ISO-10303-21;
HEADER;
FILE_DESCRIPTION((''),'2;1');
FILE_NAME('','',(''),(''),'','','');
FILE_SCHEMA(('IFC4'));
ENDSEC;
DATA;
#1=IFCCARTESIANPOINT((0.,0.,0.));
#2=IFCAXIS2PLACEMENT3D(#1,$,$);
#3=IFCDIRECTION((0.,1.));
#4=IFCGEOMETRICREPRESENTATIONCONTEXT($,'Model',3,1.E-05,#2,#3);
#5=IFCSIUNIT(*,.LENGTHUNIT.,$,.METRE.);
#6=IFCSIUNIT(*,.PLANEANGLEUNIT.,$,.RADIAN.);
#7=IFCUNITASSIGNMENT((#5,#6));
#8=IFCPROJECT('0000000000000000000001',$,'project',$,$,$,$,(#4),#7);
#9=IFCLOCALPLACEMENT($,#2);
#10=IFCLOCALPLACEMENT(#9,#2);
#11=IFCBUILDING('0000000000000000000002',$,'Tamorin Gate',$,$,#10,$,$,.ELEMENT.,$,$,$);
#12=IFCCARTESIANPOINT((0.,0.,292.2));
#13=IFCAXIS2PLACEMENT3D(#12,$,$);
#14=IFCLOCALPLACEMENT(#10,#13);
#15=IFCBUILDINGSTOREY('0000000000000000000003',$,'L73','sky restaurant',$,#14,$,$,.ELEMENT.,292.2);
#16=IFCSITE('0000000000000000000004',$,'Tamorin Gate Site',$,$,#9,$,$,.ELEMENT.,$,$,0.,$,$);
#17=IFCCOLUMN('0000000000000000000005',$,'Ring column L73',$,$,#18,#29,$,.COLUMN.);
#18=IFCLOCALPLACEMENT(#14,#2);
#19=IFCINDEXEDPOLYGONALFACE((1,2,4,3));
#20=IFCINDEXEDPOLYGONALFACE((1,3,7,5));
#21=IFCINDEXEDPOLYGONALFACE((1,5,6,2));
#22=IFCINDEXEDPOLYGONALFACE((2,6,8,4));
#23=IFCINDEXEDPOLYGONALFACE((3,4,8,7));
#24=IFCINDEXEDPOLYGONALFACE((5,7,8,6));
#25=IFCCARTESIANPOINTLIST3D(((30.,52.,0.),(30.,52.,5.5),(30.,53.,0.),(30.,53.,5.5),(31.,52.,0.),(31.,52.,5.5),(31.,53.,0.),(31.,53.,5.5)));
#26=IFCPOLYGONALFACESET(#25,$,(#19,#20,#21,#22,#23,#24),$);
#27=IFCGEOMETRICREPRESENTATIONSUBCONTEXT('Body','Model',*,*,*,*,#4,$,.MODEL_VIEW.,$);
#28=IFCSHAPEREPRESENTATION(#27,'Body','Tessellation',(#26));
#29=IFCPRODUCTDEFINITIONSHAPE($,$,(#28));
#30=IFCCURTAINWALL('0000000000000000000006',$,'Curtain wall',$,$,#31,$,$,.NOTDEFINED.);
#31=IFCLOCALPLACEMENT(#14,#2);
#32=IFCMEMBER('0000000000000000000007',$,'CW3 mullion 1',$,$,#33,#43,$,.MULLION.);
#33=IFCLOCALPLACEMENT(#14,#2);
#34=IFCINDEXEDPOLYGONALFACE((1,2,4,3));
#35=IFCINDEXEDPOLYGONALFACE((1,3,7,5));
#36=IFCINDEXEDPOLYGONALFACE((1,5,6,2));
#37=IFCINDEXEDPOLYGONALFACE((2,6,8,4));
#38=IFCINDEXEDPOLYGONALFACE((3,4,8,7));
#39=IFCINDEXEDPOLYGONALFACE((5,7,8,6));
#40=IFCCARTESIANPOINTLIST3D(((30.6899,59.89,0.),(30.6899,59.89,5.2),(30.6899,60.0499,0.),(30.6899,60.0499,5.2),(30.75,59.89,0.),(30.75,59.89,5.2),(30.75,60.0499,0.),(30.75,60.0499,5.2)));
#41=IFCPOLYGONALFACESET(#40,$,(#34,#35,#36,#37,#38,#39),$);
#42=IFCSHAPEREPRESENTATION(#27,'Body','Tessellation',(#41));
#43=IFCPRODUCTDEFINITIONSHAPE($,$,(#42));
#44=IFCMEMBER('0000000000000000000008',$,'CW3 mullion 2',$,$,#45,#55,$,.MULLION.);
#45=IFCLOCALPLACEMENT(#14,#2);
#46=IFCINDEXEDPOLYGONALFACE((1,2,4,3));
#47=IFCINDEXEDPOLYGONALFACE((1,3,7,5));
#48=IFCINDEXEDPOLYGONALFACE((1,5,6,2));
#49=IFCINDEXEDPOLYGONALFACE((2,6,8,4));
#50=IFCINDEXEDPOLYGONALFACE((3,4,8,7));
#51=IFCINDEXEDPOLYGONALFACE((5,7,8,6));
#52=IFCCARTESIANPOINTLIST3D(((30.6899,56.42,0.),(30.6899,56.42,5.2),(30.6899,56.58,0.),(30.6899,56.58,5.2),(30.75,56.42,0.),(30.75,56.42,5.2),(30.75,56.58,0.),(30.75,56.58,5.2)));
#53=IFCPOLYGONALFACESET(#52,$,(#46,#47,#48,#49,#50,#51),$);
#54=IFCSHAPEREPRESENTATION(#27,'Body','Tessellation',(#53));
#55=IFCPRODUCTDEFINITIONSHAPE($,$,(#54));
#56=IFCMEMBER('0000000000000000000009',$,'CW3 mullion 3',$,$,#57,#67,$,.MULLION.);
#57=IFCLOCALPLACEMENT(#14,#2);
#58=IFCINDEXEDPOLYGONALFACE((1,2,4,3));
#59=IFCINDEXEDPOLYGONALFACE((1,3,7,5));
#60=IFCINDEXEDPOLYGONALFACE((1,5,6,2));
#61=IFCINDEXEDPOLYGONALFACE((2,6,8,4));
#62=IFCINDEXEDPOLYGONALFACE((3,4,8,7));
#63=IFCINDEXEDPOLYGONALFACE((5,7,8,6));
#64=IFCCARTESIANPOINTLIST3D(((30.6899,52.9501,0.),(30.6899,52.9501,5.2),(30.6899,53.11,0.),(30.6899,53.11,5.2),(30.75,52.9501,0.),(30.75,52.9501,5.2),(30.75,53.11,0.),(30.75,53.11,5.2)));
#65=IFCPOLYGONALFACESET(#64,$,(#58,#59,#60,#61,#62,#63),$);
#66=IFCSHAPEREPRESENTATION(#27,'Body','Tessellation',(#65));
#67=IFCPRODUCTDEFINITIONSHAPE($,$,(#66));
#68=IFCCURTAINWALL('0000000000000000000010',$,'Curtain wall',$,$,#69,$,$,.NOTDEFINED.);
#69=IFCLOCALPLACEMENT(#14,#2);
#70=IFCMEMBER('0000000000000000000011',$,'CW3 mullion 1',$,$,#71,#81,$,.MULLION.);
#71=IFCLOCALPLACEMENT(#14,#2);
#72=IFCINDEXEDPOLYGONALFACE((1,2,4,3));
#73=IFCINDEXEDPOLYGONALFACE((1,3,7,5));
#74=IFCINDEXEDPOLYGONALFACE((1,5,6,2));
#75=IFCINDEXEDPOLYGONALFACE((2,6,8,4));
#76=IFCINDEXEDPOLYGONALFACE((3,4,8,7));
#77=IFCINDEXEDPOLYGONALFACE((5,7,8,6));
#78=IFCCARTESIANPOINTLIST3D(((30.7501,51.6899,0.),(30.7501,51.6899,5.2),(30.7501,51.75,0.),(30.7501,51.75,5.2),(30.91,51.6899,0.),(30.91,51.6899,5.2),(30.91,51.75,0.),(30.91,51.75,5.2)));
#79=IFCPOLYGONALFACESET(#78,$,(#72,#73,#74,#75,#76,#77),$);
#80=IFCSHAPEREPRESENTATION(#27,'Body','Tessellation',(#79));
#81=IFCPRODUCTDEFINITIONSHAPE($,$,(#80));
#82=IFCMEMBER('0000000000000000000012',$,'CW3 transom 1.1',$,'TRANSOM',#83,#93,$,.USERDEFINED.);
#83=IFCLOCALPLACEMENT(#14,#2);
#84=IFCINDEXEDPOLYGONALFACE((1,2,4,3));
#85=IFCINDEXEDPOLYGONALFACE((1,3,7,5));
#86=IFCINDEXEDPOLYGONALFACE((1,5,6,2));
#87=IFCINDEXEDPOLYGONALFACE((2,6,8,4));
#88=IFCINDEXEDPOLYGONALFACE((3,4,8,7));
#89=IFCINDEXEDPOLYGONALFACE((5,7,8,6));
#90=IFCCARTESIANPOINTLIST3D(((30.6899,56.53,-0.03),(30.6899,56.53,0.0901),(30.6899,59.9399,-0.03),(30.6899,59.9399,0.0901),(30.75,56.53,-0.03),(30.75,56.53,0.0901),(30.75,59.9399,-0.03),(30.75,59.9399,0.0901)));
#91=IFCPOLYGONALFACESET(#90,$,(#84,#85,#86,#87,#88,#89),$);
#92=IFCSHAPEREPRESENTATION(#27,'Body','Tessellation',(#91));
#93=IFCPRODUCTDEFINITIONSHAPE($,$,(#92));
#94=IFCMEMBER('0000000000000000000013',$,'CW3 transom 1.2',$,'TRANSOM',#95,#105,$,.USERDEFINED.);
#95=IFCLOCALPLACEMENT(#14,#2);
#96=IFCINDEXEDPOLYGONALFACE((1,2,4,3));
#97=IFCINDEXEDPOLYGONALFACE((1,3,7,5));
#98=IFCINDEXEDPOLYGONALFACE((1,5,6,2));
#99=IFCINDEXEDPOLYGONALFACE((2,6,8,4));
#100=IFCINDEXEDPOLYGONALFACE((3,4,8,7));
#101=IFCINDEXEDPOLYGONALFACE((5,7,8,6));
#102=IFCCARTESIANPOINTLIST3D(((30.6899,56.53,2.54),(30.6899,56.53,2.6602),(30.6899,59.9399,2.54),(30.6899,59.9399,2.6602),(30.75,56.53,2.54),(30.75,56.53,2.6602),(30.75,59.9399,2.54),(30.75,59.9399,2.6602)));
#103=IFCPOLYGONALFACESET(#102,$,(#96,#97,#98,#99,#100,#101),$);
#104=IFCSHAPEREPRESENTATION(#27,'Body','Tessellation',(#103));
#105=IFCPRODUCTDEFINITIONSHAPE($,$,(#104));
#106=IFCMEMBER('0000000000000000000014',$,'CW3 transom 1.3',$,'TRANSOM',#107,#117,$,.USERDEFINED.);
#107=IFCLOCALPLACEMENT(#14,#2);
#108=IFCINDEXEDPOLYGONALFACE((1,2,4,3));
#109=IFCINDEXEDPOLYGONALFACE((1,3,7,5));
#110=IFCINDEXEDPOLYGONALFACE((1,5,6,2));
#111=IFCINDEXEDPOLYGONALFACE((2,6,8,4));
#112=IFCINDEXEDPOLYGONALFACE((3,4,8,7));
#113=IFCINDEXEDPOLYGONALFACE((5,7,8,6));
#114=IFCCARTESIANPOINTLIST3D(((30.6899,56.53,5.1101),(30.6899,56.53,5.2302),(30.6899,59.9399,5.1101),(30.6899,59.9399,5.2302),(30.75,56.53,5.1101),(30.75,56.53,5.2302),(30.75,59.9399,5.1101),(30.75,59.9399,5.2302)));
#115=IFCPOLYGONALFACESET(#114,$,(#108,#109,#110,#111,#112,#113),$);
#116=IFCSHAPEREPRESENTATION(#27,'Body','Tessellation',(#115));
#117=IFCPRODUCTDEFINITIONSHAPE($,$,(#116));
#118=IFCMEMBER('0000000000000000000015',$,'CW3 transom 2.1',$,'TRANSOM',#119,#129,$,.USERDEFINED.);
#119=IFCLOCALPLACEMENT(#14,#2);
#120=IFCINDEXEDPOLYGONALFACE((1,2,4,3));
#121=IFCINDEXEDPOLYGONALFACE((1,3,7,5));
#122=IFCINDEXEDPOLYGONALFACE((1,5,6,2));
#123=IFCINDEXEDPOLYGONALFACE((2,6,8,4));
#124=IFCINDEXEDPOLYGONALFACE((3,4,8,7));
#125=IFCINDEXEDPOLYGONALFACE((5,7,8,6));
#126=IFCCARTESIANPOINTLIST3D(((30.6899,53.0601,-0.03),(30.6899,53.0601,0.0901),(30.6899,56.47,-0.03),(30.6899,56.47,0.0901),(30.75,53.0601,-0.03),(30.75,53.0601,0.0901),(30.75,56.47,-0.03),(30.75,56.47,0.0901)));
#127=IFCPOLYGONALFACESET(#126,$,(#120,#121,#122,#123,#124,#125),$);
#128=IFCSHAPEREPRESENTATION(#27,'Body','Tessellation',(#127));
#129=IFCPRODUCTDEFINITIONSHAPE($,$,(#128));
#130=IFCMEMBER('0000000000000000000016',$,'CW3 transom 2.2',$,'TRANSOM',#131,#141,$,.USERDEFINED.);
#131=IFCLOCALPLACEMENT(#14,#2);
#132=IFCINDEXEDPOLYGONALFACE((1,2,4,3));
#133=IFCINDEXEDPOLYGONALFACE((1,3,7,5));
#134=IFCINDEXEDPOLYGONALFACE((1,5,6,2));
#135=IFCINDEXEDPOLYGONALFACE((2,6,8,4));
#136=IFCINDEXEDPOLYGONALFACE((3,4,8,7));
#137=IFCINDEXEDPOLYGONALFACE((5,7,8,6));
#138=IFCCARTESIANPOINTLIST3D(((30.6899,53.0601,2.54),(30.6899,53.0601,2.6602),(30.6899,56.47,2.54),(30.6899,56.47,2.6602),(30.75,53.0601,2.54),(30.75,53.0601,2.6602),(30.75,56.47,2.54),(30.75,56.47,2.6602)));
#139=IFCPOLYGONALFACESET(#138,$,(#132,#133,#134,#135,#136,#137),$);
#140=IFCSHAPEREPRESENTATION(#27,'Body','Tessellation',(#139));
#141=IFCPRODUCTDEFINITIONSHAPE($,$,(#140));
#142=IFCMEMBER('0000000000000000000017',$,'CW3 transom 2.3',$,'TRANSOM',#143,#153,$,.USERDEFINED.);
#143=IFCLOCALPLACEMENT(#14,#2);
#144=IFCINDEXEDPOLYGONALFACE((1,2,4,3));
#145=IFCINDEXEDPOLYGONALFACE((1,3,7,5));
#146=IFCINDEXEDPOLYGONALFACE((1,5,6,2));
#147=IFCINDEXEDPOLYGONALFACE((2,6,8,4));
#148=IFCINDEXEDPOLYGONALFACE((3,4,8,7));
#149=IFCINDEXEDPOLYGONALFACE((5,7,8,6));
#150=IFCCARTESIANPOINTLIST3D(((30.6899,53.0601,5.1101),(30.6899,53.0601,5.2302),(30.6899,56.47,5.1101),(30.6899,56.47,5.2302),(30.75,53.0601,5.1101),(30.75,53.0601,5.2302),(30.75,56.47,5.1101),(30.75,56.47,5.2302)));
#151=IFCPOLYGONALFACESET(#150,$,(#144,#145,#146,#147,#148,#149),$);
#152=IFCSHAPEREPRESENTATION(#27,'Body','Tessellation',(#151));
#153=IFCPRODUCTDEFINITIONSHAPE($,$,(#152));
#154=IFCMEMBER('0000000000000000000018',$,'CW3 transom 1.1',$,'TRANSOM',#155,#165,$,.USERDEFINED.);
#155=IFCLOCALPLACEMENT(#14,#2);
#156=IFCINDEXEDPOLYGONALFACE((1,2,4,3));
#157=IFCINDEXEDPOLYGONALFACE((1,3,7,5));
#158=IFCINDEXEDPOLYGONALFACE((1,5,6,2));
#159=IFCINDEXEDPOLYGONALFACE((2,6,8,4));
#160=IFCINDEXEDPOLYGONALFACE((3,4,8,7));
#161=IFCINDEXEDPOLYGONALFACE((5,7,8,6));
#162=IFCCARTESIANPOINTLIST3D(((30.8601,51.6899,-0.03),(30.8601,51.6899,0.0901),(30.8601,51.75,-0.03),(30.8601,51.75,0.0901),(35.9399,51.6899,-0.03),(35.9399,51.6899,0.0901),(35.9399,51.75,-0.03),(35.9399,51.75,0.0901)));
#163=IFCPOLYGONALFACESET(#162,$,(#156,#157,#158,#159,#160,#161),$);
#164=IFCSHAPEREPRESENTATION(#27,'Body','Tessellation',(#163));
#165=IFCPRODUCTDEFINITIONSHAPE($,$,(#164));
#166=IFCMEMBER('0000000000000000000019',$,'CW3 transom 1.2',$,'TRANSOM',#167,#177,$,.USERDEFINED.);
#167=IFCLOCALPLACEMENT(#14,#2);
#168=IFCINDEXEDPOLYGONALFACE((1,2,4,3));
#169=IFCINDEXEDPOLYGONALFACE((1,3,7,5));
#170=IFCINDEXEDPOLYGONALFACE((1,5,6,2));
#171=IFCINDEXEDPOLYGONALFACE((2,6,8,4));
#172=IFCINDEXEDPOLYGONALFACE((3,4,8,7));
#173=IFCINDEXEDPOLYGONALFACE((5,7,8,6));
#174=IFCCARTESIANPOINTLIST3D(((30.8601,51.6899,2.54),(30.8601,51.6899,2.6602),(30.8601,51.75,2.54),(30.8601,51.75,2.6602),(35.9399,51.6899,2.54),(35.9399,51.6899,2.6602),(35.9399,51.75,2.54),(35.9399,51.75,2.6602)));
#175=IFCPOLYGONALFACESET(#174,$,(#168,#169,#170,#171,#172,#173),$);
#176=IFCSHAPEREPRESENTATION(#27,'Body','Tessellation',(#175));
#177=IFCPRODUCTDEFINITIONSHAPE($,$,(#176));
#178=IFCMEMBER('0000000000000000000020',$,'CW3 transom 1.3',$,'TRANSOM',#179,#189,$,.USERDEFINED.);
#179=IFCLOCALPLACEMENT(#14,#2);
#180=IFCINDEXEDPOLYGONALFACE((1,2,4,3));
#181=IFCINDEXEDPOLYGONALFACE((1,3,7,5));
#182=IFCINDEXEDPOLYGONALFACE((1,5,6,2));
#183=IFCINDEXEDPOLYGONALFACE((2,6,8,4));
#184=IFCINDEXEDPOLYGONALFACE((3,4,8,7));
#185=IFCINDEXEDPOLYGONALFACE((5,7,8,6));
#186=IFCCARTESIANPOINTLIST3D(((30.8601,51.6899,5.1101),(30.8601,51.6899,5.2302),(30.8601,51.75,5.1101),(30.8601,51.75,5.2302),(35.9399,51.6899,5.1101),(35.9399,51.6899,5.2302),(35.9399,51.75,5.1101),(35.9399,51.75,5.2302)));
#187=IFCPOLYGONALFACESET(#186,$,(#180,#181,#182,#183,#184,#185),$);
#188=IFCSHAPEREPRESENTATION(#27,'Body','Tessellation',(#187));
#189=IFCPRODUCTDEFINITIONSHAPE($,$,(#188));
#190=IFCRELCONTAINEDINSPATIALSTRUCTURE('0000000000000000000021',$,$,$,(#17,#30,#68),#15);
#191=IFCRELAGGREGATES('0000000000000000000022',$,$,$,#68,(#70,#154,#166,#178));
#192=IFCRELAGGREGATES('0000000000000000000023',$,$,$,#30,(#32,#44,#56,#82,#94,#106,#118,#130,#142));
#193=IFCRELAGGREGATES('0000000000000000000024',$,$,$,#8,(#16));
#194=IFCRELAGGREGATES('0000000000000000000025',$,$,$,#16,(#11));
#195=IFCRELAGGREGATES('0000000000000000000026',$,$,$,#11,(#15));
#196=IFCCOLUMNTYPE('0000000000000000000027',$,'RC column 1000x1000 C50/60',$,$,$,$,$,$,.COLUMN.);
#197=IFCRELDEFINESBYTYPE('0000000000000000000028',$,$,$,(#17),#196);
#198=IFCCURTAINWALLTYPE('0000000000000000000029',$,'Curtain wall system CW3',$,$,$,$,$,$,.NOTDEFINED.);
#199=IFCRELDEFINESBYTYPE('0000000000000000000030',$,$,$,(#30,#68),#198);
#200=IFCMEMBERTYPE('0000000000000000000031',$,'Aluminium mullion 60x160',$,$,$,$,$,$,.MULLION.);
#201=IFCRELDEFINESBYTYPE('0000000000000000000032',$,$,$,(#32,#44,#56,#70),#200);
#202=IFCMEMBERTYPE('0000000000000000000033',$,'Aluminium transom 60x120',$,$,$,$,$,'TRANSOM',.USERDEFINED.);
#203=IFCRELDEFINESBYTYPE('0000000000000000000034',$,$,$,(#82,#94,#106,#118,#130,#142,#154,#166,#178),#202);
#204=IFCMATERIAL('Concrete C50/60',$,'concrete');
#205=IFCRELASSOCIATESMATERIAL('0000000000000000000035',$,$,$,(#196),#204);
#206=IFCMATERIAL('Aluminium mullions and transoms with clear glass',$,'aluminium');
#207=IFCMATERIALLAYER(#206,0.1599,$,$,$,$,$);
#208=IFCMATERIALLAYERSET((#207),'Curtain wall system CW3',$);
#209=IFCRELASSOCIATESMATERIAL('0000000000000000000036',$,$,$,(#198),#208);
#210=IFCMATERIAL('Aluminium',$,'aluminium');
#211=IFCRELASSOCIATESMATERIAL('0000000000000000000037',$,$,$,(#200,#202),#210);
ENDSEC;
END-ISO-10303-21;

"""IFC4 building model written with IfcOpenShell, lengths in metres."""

from ifc_helpers import new_model, si_unit, direction, frame, origin, origin_2d, place, context, subcontext, project, spatial, rectangle, extrude, material, layer, layer_set, material_profile, profile_set, type_object, element, aggregate, save


model = new_model("IFC4")

# Units and contexts
model_context = context("Model", 3, precision=1e-05, world=origin(), true_north=direction((0.0, 1.0)))
body_context = subcontext(model_context, "Body", "Model", "MODEL_VIEW")
ifc_project = project(units=[si_unit("LENGTHUNIT", "METRE"), si_unit("PLANEANGLEUNIT", "RADIAN")], contexts=[model_context])

# Site, building, storey
site_placement = place(None, origin())
site = spatial("IfcSite", under=ifc_project, at=site_placement, Name="Tamorin Gate Site", CompositionType="ELEMENT", RefElevation=0.0)
building_placement = place(site_placement, origin())
building = spatial("IfcBuilding", under=site, at=building_placement, Name="Tamorin Gate", CompositionType="ELEMENT")
storey_placement = place(building_placement, frame((0.0, 0.0, 292.2)))
storey = spatial("IfcBuildingStorey", under=building, at=storey_placement, Name="L73", Description="sky restaurant", CompositionType="ELEMENT", Elevation=292.2)

# Column
ifc_material_1 = material(Name="Concrete C50/60", Category="concrete")
ifc_material_profile_1 = material_profile(ifc_material_1, rectangle(XDim=1.0, YDim=1.0, at=origin_2d()), Name="RC 1000x1000")
ifc_profile_set_1 = profile_set([ifc_material_profile_1], Name="Concrete C50/60")
column_type = type_object("IfcColumnType", Name="RC column 1000x1000 C50/60", PredefinedType="COLUMN", material=ifc_profile_set_1)
column_placement = place(storey_placement, frame((30.5, 52.5, 0.0), z_axis=(0.0, 0.0, 1.0), x_axis=(1.0, 0.0, 0.0)))
element("IfcColumn", 1, at=column_placement, inside=storey, type_object=column_type, Name="Ring column L73", PredefinedType="COLUMN", context=body_context, shape_type="SweptSolid", body=[
    extrude(rectangle(XDim=1.0, YDim=1.0, at=origin_2d()), origin(), (0.0, 0.0, 1.0), 5.5),
])

# Curtain wall, members
ifc_material_2 = material(Name="Aluminium mullions and transoms with clear glass", Category="aluminium")
ifc_layer_1 = layer(ifc_material_2, 0.1599)
ifc_layer_set_1 = layer_set([ifc_layer_1], Name="Curtain wall system CW3")
curtain_wall_type = type_object("IfcCurtainWallType", Name="Curtain wall system CW3", PredefinedType="NOTDEFINED", material=ifc_layer_set_1)
curtain_wall_1_placement = place(storey_placement, origin())
curtain_wall_1 = element("IfcCurtainWall", 2, at=curtain_wall_1_placement, inside=storey, type_object=curtain_wall_type, Name="Curtain wall", PredefinedType="NOTDEFINED")
ifc_material_3 = material(Name="Aluminium", Category="aluminium")
ifc_material_profile_2 = material_profile(ifc_material_3, rectangle(XDim=0.0601, YDim=0.1599, at=origin_2d()), Name="RECT 60x160")
ifc_profile_set_2 = profile_set([ifc_material_profile_2], Name="Aluminium")
member_type_1 = type_object("IfcMemberType", Name="Aluminium mullion 60x160", PredefinedType="MULLION", material=ifc_profile_set_2)
member_1_placement = place(storey_placement, frame((30.72, 59.97, 0.0), z_axis=(0.0, 0.0, 1.0), x_axis=(1.0, 0.0, 0.0)))
member_1 = element("IfcMember", 3, at=member_1_placement, type_object=member_type_1, Name="CW3 mullion 1", PredefinedType="MULLION", context=body_context, shape_type="SweptSolid", body=[
    extrude(rectangle(XDim=0.0601, YDim=0.1599, at=origin_2d()), origin(), (0.0, 0.0, 1.0), 5.2),
])
member_2_placement = place(storey_placement, frame((30.72, 56.5, 0.0), z_axis=(0.0, 0.0, 1.0), x_axis=(1.0, 0.0, 0.0)))
member_2 = element("IfcMember", 4, at=member_2_placement, type_object=member_type_1, Name="CW3 mullion 2", PredefinedType="MULLION", context=body_context, shape_type="SweptSolid", body=[
    extrude(rectangle(XDim=0.0601, YDim=0.1599, at=origin_2d()), origin(), (0.0, 0.0, 1.0), 5.2),
])
member_3_placement = place(storey_placement, frame((30.72, 53.03, 0.0), z_axis=(0.0, 0.0, 1.0), x_axis=(1.0, 0.0, 0.0)))
member_3 = element("IfcMember", 5, at=member_3_placement, type_object=member_type_1, Name="CW3 mullion 3", PredefinedType="MULLION", context=body_context, shape_type="SweptSolid", body=[
    extrude(rectangle(XDim=0.0601, YDim=0.1599, at=origin_2d()), origin(), (0.0, 0.0, 1.0), 5.2),
])

# Curtain wall, member
curtain_wall_2_placement = place(storey_placement, origin())
curtain_wall_2 = element("IfcCurtainWall", 6, at=curtain_wall_2_placement, inside=storey, type_object=curtain_wall_type, Name="Curtain wall", PredefinedType="NOTDEFINED")
member_4_placement = place(storey_placement, frame((30.8301, 51.72, 0.0), z_axis=(0.0, 0.0, 1.0), x_axis=(0.0, 1.0, 0.0)))
member_4 = element("IfcMember", 7, at=member_4_placement, type_object=member_type_1, Name="CW3 mullion 1", PredefinedType="MULLION", context=body_context, shape_type="SweptSolid", body=[
    extrude(rectangle(XDim=0.0601, YDim=0.1599, at=origin_2d()), origin(), (0.0, 0.0, 1.0), 5.2),
])

# Members
ifc_material_profile_3 = material_profile(ifc_material_3, rectangle(XDim=0.0601, YDim=0.1201, at=origin_2d()), Name="RECT 60x120")
ifc_profile_set_3 = profile_set([ifc_material_profile_3], Name="Aluminium")
member_type_2 = type_object("IfcMemberType", Name="Aluminium transom 60x120", ElementType="TRANSOM", PredefinedType="USERDEFINED", material=ifc_profile_set_3)
member_5_placement = place(storey_placement, frame((30.72, 59.9399, 0.03), z_axis=(0.0, -1.0, 0.0), x_axis=(1.0, 0.0, 0.0)))
member_5 = element("IfcMember", 8, at=member_5_placement, type_object=member_type_2, Name="CW3 transom 1.1", ObjectType="TRANSOM", PredefinedType="USERDEFINED", context=body_context, shape_type="SweptSolid", body=[
    extrude(rectangle(XDim=0.0601, YDim=0.1201, at=origin_2d()), origin(), (0.0, 0.0, 1.0), 3.4099),
])
member_6_placement = place(storey_placement, frame((30.72, 59.9399, 2.6001), z_axis=(0.0, -1.0, 0.0), x_axis=(1.0, 0.0, 0.0)))
member_6 = element("IfcMember", 9, at=member_6_placement, type_object=member_type_2, Name="CW3 transom 1.2", ObjectType="TRANSOM", PredefinedType="USERDEFINED", context=body_context, shape_type="SweptSolid", body=[
    extrude(rectangle(XDim=0.0601, YDim=0.1201, at=origin_2d()), origin(), (0.0, 0.0, 1.0), 3.4099),
])
member_7_placement = place(storey_placement, frame((30.72, 59.9399, 5.1702), z_axis=(0.0, -1.0, 0.0), x_axis=(1.0, 0.0, 0.0)))
member_7 = element("IfcMember", 10, at=member_7_placement, type_object=member_type_2, Name="CW3 transom 1.3", ObjectType="TRANSOM", PredefinedType="USERDEFINED", context=body_context, shape_type="SweptSolid", body=[
    extrude(rectangle(XDim=0.0601, YDim=0.1201, at=origin_2d()), origin(), (0.0, 0.0, 1.0), 3.4099),
])
member_8_placement = place(storey_placement, frame((30.72, 56.47, 0.03), z_axis=(0.0, -1.0, 0.0), x_axis=(1.0, 0.0, 0.0)))
member_8 = element("IfcMember", 11, at=member_8_placement, type_object=member_type_2, Name="CW3 transom 2.1", ObjectType="TRANSOM", PredefinedType="USERDEFINED", context=body_context, shape_type="SweptSolid", body=[
    extrude(rectangle(XDim=0.0601, YDim=0.1201, at=origin_2d()), origin(), (0.0, 0.0, 1.0), 3.4099),
])
member_9_placement = place(storey_placement, frame((30.72, 56.47, 2.6001), z_axis=(0.0, -1.0, 0.0), x_axis=(1.0, 0.0, 0.0)))
member_9 = element("IfcMember", 12, at=member_9_placement, type_object=member_type_2, Name="CW3 transom 2.2", ObjectType="TRANSOM", PredefinedType="USERDEFINED", context=body_context, shape_type="SweptSolid", body=[
    extrude(rectangle(XDim=0.0601, YDim=0.1201, at=origin_2d()), origin(), (0.0, 0.0, 1.0), 3.4099),
])
member_10_placement = place(storey_placement, frame((30.72, 56.47, 5.1702), z_axis=(0.0, -1.0, 0.0), x_axis=(1.0, 0.0, 0.0)))
member_10 = element("IfcMember", 13, at=member_10_placement, type_object=member_type_2, Name="CW3 transom 2.3", ObjectType="TRANSOM", PredefinedType="USERDEFINED", context=body_context, shape_type="SweptSolid", body=[
    extrude(rectangle(XDim=0.0601, YDim=0.1201, at=origin_2d()), origin(), (0.0, 0.0, 1.0), 3.4099),
])
member_11_placement = place(storey_placement, frame((30.8601, 51.72, 0.03), z_axis=(1.0, 0.0, 0.0), x_axis=(0.0, 1.0, 0.0)))
member_11 = element("IfcMember", 14, at=member_11_placement, type_object=member_type_2, Name="CW3 transom 1.1", ObjectType="TRANSOM", PredefinedType="USERDEFINED", context=body_context, shape_type="SweptSolid", body=[
    extrude(rectangle(XDim=0.0601, YDim=0.1201, at=origin_2d()), origin(), (0.0, 0.0, 1.0), 5.0798),
])
member_12_placement = place(storey_placement, frame((30.8601, 51.72, 2.6001), z_axis=(1.0, 0.0, 0.0), x_axis=(0.0, 1.0, 0.0)))
member_12 = element("IfcMember", 15, at=member_12_placement, type_object=member_type_2, Name="CW3 transom 1.2", ObjectType="TRANSOM", PredefinedType="USERDEFINED", context=body_context, shape_type="SweptSolid", body=[
    extrude(rectangle(XDim=0.0601, YDim=0.1201, at=origin_2d()), origin(), (0.0, 0.0, 1.0), 5.0798),
])
member_13_placement = place(storey_placement, frame((30.8601, 51.72, 5.1702), z_axis=(1.0, 0.0, 0.0), x_axis=(0.0, 1.0, 0.0)))
member_13 = element("IfcMember", 16, at=member_13_placement, type_object=member_type_2, Name="CW3 transom 1.3", ObjectType="TRANSOM", PredefinedType="USERDEFINED", context=body_context, shape_type="SweptSolid", body=[
    extrude(rectangle(XDim=0.0601, YDim=0.1201, at=origin_2d()), origin(), (0.0, 0.0, 1.0), 5.0798),
])
aggregate(curtain_wall_2, [member_4, member_11, member_12, member_13])

aggregate(curtain_wall_1, [member_1, member_2, member_3, member_5, member_6, member_7, member_8, member_9, member_10])

save(model, "model.ifc")
